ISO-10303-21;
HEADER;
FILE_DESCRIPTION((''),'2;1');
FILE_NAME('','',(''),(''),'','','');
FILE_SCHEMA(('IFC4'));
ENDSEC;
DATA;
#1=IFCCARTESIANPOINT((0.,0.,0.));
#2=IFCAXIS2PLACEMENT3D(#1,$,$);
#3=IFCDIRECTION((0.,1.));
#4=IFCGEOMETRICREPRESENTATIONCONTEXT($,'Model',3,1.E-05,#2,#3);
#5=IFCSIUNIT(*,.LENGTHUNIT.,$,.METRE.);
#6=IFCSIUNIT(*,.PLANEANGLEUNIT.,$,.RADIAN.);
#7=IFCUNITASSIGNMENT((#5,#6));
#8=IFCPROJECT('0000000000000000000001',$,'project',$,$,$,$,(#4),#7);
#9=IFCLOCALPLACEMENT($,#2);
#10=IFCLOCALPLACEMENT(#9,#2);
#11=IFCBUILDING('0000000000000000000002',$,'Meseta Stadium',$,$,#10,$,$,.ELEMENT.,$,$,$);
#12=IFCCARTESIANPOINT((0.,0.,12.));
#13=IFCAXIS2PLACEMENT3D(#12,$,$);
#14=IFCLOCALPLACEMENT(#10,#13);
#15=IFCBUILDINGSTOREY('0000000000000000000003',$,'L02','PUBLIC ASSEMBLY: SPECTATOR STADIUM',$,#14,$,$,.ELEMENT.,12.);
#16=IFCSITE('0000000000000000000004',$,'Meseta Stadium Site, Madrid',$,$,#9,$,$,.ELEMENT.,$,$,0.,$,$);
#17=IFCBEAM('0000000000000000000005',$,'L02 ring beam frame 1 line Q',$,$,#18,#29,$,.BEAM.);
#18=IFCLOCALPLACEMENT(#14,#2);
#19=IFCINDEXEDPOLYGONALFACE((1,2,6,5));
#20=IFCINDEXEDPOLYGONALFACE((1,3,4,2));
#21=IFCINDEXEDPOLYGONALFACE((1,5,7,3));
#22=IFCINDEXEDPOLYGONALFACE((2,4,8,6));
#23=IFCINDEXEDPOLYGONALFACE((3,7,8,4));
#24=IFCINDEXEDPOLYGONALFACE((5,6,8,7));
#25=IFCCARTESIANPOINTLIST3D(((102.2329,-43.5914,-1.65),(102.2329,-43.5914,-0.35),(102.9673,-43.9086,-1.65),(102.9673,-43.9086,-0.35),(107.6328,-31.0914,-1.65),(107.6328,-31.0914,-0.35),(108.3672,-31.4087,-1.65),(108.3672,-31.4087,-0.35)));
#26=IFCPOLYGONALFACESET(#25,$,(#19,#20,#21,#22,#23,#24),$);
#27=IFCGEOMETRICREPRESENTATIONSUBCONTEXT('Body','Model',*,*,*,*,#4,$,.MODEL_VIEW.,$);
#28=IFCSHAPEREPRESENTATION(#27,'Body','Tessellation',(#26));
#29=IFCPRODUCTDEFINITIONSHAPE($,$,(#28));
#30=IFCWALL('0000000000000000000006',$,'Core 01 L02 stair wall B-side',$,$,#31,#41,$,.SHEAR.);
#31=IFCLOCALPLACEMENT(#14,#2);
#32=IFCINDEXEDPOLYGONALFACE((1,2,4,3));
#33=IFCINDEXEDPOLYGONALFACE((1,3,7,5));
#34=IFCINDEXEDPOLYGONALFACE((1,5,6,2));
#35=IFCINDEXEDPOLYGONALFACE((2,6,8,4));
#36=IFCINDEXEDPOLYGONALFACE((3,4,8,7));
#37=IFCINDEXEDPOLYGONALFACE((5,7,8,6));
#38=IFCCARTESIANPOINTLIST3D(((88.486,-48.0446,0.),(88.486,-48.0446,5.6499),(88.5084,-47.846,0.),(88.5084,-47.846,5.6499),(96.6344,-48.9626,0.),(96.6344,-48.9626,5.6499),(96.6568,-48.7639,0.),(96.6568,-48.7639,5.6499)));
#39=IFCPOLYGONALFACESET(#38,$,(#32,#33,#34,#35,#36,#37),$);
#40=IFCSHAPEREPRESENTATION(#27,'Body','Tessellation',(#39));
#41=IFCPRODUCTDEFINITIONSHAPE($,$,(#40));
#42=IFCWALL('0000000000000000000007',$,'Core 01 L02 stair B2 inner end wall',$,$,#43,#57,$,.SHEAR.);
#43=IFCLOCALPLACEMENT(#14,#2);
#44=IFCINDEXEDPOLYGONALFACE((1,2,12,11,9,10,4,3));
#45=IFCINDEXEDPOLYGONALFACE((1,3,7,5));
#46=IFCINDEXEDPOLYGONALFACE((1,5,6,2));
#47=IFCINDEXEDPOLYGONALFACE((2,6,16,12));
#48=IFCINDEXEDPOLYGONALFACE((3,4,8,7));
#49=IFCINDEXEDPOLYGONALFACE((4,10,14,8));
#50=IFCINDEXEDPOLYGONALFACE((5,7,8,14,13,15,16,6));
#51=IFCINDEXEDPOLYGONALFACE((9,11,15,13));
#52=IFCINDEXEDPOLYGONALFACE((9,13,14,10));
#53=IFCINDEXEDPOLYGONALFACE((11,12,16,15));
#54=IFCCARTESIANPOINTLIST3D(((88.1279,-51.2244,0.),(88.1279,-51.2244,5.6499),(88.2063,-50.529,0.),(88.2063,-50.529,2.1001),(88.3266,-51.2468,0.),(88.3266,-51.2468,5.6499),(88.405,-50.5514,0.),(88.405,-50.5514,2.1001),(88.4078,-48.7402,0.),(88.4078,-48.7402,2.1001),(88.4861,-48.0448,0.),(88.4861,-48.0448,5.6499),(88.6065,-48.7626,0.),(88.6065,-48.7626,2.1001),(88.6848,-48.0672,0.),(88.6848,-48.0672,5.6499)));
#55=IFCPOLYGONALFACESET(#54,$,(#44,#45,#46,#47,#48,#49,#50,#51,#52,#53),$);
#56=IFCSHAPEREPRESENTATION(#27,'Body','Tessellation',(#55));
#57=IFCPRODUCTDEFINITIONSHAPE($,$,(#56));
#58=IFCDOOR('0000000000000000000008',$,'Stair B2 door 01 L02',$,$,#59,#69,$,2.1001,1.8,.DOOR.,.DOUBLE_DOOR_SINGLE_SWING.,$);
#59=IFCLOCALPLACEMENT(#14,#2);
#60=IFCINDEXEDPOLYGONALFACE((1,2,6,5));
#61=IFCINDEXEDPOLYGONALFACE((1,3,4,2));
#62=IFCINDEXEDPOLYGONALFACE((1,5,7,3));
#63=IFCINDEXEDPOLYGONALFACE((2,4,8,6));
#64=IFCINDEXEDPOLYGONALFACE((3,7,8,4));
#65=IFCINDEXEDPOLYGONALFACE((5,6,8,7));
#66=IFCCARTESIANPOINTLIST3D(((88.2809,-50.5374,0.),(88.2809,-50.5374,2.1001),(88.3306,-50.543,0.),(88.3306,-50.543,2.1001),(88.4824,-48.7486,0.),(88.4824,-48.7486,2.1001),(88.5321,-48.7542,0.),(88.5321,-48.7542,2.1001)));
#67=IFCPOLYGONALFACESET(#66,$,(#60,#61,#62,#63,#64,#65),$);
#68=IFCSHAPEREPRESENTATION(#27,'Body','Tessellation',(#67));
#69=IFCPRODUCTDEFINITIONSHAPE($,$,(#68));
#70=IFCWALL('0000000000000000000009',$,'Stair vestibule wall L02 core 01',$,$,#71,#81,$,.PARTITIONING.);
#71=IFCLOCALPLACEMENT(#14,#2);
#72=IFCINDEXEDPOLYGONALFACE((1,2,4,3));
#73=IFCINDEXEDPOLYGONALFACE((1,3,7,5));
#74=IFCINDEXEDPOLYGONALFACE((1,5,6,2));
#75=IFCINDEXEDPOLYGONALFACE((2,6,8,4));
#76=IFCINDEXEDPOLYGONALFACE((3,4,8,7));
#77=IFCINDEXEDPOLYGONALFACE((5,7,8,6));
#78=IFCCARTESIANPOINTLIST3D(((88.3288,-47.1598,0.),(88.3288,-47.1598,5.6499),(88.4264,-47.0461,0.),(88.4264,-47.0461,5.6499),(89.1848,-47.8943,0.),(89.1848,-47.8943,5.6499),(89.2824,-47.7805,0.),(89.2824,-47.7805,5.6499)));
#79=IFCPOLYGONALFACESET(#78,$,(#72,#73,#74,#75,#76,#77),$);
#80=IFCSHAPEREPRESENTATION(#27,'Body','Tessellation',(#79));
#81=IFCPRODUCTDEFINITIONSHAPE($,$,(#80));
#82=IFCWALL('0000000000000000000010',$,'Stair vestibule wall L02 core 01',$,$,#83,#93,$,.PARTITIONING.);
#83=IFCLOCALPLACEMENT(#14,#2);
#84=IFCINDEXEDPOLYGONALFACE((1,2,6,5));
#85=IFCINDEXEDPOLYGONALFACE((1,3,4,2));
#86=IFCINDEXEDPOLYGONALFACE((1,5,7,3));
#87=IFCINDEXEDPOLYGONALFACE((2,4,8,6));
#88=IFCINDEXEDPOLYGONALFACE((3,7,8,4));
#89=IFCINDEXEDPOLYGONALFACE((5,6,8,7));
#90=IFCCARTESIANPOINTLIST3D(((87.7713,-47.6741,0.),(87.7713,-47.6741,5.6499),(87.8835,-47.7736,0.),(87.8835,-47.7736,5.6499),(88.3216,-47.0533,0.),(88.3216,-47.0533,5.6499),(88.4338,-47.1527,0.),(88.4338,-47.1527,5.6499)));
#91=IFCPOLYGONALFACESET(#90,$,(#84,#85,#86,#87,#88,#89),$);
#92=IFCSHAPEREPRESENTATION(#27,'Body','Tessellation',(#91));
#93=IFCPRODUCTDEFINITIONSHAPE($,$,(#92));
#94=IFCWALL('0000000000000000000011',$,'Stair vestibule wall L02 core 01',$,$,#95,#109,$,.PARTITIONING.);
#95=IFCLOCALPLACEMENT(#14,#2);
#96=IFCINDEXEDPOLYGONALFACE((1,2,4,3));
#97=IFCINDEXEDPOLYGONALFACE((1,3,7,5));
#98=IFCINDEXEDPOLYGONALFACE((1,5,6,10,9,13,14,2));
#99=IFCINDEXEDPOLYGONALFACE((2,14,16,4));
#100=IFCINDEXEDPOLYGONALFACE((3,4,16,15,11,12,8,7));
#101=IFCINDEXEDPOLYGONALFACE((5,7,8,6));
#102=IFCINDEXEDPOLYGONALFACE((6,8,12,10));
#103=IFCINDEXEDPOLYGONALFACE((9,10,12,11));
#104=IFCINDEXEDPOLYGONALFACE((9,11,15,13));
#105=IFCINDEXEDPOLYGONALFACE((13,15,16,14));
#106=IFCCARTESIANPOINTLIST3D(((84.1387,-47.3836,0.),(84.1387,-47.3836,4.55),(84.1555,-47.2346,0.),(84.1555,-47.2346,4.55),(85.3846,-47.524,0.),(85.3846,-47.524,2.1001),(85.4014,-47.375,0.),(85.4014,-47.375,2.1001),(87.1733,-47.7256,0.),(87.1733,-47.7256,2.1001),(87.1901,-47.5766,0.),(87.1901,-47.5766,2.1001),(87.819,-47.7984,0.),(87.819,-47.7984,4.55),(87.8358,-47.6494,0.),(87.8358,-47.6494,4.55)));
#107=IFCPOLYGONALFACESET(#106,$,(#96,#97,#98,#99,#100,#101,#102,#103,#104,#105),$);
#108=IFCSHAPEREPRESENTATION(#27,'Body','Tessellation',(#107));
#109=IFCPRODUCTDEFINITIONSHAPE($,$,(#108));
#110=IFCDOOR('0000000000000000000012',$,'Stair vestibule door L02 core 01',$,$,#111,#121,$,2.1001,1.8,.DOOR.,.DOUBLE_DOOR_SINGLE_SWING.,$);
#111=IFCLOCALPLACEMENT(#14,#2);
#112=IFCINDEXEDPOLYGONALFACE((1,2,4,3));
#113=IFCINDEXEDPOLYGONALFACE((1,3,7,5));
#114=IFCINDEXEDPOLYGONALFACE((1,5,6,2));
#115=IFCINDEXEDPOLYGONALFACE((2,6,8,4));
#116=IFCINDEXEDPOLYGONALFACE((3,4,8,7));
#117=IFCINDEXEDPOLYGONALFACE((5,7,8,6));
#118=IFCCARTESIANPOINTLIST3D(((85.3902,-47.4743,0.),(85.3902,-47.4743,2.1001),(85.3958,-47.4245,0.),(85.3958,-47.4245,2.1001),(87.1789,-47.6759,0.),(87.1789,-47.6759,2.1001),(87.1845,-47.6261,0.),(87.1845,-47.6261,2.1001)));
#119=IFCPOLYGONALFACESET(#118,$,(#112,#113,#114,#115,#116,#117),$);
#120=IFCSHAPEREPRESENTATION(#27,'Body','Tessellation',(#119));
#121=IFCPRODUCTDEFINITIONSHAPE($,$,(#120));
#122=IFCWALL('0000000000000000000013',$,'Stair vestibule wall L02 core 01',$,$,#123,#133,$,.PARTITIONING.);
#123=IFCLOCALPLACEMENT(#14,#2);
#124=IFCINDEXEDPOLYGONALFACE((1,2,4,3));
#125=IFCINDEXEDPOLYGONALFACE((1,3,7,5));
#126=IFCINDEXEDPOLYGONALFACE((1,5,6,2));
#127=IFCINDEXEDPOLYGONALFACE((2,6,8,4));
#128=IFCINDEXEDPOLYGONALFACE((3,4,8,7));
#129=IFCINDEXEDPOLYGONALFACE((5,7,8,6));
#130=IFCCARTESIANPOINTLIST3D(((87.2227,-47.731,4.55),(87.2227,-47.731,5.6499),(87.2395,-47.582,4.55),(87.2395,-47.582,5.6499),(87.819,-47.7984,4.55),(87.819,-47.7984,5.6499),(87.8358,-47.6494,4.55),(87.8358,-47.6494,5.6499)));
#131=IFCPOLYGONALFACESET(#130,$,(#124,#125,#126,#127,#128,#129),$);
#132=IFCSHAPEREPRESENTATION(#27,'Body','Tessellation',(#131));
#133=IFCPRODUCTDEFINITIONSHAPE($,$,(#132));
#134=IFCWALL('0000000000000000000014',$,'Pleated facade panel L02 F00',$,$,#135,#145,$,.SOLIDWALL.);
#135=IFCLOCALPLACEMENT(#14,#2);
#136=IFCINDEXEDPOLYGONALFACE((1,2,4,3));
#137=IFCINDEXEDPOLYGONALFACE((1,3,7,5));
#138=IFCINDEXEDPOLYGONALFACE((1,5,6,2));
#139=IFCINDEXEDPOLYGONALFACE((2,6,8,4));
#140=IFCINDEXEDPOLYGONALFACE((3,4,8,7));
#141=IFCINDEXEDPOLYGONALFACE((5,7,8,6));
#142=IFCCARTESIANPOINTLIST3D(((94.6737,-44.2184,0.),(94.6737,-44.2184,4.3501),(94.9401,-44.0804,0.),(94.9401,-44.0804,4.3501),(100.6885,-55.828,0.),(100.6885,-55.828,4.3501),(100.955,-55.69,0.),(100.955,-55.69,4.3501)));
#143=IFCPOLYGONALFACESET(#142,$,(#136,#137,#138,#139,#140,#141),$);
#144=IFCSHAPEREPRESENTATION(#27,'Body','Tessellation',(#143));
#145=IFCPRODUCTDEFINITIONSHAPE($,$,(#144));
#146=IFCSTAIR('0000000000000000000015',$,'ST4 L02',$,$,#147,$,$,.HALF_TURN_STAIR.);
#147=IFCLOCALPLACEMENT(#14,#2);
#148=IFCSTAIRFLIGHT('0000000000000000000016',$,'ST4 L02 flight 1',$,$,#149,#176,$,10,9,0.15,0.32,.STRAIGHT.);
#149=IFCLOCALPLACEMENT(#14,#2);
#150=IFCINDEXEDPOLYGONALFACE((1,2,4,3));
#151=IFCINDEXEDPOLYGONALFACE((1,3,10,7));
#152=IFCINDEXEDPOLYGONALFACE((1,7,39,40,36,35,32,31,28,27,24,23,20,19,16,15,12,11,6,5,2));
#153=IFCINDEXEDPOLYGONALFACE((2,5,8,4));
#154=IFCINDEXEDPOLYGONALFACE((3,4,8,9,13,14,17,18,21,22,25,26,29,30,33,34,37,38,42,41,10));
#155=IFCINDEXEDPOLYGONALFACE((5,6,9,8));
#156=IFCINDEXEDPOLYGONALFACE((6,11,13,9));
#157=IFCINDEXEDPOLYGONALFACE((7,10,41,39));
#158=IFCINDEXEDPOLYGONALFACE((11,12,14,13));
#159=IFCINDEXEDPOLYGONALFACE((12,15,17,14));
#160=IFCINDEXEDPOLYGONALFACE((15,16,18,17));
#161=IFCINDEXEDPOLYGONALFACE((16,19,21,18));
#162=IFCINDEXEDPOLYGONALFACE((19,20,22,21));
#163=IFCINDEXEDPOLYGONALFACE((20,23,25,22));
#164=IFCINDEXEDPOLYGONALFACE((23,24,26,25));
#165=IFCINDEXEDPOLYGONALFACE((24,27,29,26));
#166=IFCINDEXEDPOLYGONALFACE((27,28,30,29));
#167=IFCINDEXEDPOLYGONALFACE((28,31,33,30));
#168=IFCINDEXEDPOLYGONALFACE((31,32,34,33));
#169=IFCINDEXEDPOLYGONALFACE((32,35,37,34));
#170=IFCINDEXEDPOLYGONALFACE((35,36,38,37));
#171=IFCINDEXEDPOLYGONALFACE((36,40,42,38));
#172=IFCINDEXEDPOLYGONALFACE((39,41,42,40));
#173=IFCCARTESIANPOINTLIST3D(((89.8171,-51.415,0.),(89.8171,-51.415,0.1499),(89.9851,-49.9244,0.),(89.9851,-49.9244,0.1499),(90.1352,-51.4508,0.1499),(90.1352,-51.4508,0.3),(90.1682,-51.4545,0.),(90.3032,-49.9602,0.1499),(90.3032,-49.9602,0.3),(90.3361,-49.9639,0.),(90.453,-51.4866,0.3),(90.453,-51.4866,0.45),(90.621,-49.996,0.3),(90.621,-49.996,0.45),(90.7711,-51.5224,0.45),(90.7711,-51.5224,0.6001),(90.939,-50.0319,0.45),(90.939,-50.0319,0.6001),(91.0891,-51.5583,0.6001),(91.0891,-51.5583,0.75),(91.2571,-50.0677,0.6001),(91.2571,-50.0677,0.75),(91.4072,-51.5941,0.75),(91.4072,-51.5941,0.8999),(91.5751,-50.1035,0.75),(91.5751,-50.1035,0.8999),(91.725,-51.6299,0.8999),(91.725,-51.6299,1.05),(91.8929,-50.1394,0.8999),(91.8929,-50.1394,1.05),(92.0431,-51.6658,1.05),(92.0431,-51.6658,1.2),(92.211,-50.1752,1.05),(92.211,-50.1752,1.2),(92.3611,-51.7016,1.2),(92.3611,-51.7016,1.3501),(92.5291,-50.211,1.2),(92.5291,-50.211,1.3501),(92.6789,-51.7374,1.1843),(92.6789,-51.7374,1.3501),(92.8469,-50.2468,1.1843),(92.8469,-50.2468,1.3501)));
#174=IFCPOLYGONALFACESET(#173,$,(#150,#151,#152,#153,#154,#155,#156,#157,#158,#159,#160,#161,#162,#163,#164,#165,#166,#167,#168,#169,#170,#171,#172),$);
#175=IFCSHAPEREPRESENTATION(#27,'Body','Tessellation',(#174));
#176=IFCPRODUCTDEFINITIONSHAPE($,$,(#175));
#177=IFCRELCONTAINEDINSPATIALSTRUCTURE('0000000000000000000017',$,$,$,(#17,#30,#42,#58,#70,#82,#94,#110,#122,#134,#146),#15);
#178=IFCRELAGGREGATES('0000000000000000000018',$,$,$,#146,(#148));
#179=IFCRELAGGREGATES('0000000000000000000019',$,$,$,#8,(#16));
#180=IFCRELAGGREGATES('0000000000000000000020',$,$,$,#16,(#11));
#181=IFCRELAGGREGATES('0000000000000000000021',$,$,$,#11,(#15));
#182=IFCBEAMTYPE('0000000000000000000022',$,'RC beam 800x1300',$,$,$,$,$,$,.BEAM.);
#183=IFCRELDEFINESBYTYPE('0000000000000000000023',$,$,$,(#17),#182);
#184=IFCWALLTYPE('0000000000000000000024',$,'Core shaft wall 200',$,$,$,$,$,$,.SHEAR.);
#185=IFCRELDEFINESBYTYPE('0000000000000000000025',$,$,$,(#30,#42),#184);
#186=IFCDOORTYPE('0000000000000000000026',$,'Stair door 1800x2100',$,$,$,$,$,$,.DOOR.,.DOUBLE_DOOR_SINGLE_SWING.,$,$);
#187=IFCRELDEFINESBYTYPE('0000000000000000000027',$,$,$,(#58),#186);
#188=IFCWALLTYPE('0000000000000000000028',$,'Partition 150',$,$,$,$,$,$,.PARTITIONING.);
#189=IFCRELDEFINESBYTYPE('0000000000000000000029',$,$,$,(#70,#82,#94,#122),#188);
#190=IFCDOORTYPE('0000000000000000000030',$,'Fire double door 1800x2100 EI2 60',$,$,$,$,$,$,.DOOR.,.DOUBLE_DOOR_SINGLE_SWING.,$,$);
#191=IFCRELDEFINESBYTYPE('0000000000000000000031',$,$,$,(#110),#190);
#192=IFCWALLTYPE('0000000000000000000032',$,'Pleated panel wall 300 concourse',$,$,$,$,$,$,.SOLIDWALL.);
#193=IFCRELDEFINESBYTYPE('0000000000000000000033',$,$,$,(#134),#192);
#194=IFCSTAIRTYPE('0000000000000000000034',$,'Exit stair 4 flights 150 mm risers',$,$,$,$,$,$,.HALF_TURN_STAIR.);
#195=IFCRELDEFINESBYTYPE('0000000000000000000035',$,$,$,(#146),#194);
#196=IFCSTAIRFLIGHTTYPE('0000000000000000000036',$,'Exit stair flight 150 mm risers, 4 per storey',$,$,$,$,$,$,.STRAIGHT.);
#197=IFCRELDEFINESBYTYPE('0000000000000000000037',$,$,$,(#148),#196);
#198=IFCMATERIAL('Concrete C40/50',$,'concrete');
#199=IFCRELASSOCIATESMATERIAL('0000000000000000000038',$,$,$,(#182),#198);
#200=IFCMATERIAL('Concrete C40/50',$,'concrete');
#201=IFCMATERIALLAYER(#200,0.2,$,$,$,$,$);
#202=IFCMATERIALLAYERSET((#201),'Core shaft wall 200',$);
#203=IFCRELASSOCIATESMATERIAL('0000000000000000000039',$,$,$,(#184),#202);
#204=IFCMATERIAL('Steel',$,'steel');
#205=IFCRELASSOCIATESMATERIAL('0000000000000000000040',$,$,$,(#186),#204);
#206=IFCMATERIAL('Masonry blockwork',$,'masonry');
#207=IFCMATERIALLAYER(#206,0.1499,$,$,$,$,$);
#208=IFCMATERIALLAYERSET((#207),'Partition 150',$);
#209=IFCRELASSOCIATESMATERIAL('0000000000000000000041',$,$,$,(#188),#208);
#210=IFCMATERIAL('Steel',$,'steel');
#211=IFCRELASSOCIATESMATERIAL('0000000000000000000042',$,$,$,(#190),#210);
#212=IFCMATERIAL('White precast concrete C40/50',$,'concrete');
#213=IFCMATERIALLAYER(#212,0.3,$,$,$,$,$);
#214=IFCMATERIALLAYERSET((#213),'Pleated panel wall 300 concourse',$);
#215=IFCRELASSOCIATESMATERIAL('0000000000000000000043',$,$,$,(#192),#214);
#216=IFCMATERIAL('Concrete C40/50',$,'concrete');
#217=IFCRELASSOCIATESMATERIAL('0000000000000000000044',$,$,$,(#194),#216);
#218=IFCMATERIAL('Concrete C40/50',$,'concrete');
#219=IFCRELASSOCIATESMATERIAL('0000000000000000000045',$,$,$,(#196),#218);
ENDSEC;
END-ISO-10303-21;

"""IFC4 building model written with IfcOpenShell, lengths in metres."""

from ifc_helpers import new_model, si_unit, direction, frame, frame_2d, origin, origin_2d, place, context, subcontext, project, spatial, polyline, rectangle, outline, extrude, material, layer, layer_set, material_profile, profile_set, type_object, element, fill, aggregate, save


model = new_model("IFC4")

# Units and contexts
model_context = context("Model", 3, precision=1e-05, world=origin(), true_north=direction((0.0, 1.0)))
body_context = subcontext(model_context, "Body", "Model", "MODEL_VIEW")
ifc_project = project(units=[si_unit("LENGTHUNIT", "METRE"), si_unit("PLANEANGLEUNIT", "RADIAN")], contexts=[model_context])

# Site, building, storey
site_placement = place(None, origin())
site = spatial("IfcSite", under=ifc_project, at=site_placement, Name="Meseta Stadium Site, Madrid", CompositionType="ELEMENT", RefElevation=0.0)
building_placement = place(site_placement, origin())
building = spatial("IfcBuilding", under=site, at=building_placement, Name="Meseta Stadium", CompositionType="ELEMENT")
storey_placement = place(building_placement, frame((0.0, 0.0, 12.0)))
storey = spatial("IfcBuildingStorey", under=building, at=storey_placement, Name="L02", Description="PUBLIC ASSEMBLY: SPECTATOR STADIUM", CompositionType="ELEMENT", Elevation=12.0)

# Beam
ifc_material_1 = material(Name="Concrete C40/50", Category="concrete")
ifc_material_profile_1 = material_profile(ifc_material_1, rectangle(XDim=0.8, YDim=1.3, at=origin_2d()), Name="RC 800x1300")
ifc_profile_set_1 = profile_set([ifc_material_profile_1], Name="Concrete C40/50")
beam_type_1 = type_object("IfcBeamType", Name="RC beam 800x1300", PredefinedType="BEAM", material=ifc_profile_set_1)
beam_1_placement = place(storey_placement, frame((102.6001, -43.75, -1.0), z_axis=(0.396571, 0.918004, 0.0), x_axis=(-0.918004, 0.396571, 0.0)))
element("IfcBeam", 1, at=beam_1_placement, inside=storey, type_object=beam_type_1, Name="L02 ring beam frame 1 line Q", PredefinedType="BEAM", context=body_context, shape_type="SweptSolid", body=[
    extrude(rectangle(XDim=0.8, YDim=1.3, at=origin_2d()), origin(), (0.0, 0.0, 1.0), 13.6165),
])

# Wall
ifc_material_2 = material(Name="Concrete C40/50", Category="concrete")
ifc_layer_1 = layer(ifc_material_2, 0.2)
ifc_layer_set_1 = layer_set([ifc_layer_1], Name="Core shaft wall 200")
wall_type_1 = type_object("IfcWallType", Name="Core shaft wall 200", PredefinedType="SHEAR", material=ifc_layer_set_1)
wall_1_placement = place(storey_placement, frame((96.6458, -48.8633, 0.0), z_axis=(0.0, 0.0, 1.0), x_axis=(-0.993714, 0.111948, 0.0)))
element("IfcWall", 2, at=wall_1_placement, inside=storey, type_object=wall_type_1, Name="Core 01 L02 stair wall B-side", PredefinedType="SHEAR", context=body_context, shape_type="SweptSolid", body=[
    extrude(rectangle(XDim=8.2, YDim=0.2, at=frame_2d((4.1001, 0.0))), origin(), (0.0, 0.0, 1.0), 5.6499),
])

# Wall, opening, door
wall_2_placement = place(storey_placement, frame((88.2273, -51.2356, 0.0), z_axis=(0.0, 0.0, 1.0), x_axis=(0.11193, 0.993716, 0.0)))
wall_2 = element("IfcWall", 3, at=wall_2_placement, inside=storey, type_object=wall_type_1, Name="Core 01 L02 stair B2 inner end wall", PredefinedType="SHEAR", context=body_context, shape_type="SweptSolid", body=[
    extrude(rectangle(XDim=3.1997, YDim=0.2, at=frame_2d((1.5999, 0.0))), origin(), (0.0, 0.0, 1.0), 5.6499),
])
opening_1_placement = place(wall_2_placement, frame((0.7, 0.0, 0.0)))
opening_1 = element("IfcOpeningElement", 4, at=opening_1_placement, cuts=wall_2, PredefinedType="OPENING", context=body_context, shape_type="SweptSolid", body=[
    extrude(rectangle(XDim=1.8, YDim=2.1001, at=frame_2d((0.8999, 1.05))), frame((0.0, 0.1099, 0.0), z_axis=(0.0, -1.0, 0.0), x_axis=(1.0, 0.0, 0.0)), (0.0, 0.0, 1.0), 0.22),
])
ifc_material_3 = material(Name="Steel", Category="steel")
door_type_1 = type_object("IfcDoorType", Name="Stair door 1800x2100", OperationType="DOUBLE_DOOR_SINGLE_SWING", PredefinedType="DOOR", material=ifc_material_3)
door_1_placement = place(opening_1_placement, origin())
door_1 = element("IfcDoor", 5, at=door_1_placement, inside=storey, type_object=door_type_1, Name="Stair B2 door 01 L02", OperationType="DOUBLE_DOOR_SINGLE_SWING", OverallHeight=2.1001, OverallWidth=1.8, PredefinedType="DOOR", context=body_context, shape_type="SweptSolid", body=[
    extrude(rectangle(XDim=1.8, YDim=2.1001, at=frame_2d((0.8999, 1.05))), frame((0.0, 0.0249, 0.0), z_axis=(0.0, -1.0, 0.0), x_axis=(1.0, 0.0, 0.0)), (0.0, 0.0, 1.0), 0.05),
])
fill(opening_1, door_1)

# Walls
ifc_material_4 = material(Name="Masonry blockwork", Category="masonry")
ifc_layer_2 = layer(ifc_material_4, 0.1499)
ifc_layer_set_2 = layer_set([ifc_layer_2], Name="Partition 150")
wall_type_2 = type_object("IfcWallType", Name="Partition 150", PredefinedType="PARTITIONING", material=ifc_layer_set_2)
wall_3_placement = place(storey_placement, frame((89.2336, -47.8374, 0.0), z_axis=(0.0, 0.0, 1.0), x_axis=(-0.758951, 0.651148, 0.0)))
element("IfcWall", 6, at=wall_3_placement, inside=storey, type_object=wall_type_2, Name="Stair vestibule wall L02 core 01", PredefinedType="PARTITIONING", context=body_context, shape_type="SweptSolid", body=[
    extrude(rectangle(XDim=1.1279, YDim=0.1499, at=frame_2d((0.564, 0.0))), origin(), (0.0, 0.0, 1.0), 5.6499),
])
wall_4_placement = place(storey_placement, frame((88.3777, -47.103, 0.0), z_axis=(0.0, 0.0, 1.0), x_axis=(-0.663304, -0.74835, 0.0)))
element("IfcWall", 7, at=wall_4_placement, inside=storey, type_object=wall_type_2, Name="Stair vestibule wall L02 core 01", PredefinedType="PARTITIONING", context=body_context, shape_type="SweptSolid", body=[
    extrude(rectangle(XDim=0.8296, YDim=0.1499, at=frame_2d((0.4148, 0.0))), origin(), (0.0, 0.0, 1.0), 5.6499),
])

# Wall, opening, door
wall_5_placement = place(storey_placement, frame((87.8274, -47.7239, 0.0), z_axis=(0.0, 0.0, 1.0), x_axis=(-0.993709, 0.111994, 0.0)))
wall_5 = element("IfcWall", 8, at=wall_5_placement, inside=storey, type_object=wall_type_2, Name="Stair vestibule wall L02 core 01", PredefinedType="PARTITIONING", context=body_context, shape_type="SweptSolid", body=[
    extrude(rectangle(XDim=3.7036, YDim=0.1499, at=frame_2d((1.8518, 0.0))), origin(), (0.0, 0.0, 1.0), 4.55),
])
opening_2_placement = place(wall_5_placement, frame((0.6499, 0.0, 0.0)))
opening_2 = element("IfcOpeningElement", 9, at=opening_2_placement, cuts=wall_5, PredefinedType="OPENING", context=body_context, shape_type="SweptSolid", body=[
    extrude(rectangle(XDim=1.8, YDim=2.1001, at=frame_2d((0.8999, 1.05))), frame((0.0, 0.085, 0.0), z_axis=(0.0, -1.0, 0.0), x_axis=(1.0, 0.0, 0.0)), (0.0, 0.0, 1.0), 0.1699),
])
ifc_material_5 = material(Name="Steel", Category="steel")
door_type_2 = type_object("IfcDoorType", Name="Fire double door 1800x2100 EI2 60", OperationType="DOUBLE_DOOR_SINGLE_SWING", PredefinedType="DOOR", material=ifc_material_5)
door_2_placement = place(opening_2_placement, origin())
door_2 = element("IfcDoor", 10, at=door_2_placement, inside=storey, type_object=door_type_2, Name="Stair vestibule door L02 core 01", OperationType="DOUBLE_DOOR_SINGLE_SWING", OverallHeight=2.1001, OverallWidth=1.8, PredefinedType="DOOR", context=body_context, shape_type="SweptSolid", body=[
    extrude(rectangle(XDim=1.8, YDim=2.1001, at=frame_2d((0.8999, 1.05))), frame((0.0, 0.0249, 0.0), z_axis=(0.0, -1.0, 0.0), x_axis=(1.0, 0.0, 0.0)), (0.0, 0.0, 1.0), 0.05),
])
fill(opening_2, door_2)

# Walls
wall_6_placement = place(storey_placement, frame((87.8274, -47.7239, 4.55), z_axis=(0.0, 0.0, 1.0), x_axis=(-0.993674, 0.112307, 0.0)))
element("IfcWall", 11, at=wall_6_placement, inside=storey, type_object=wall_type_2, Name="Stair vestibule wall L02 core 01", PredefinedType="PARTITIONING", context=body_context, shape_type="SweptSolid", body=[
    extrude(rectangle(XDim=0.6001, YDim=0.1499, at=frame_2d((0.3, 0.0))), origin(), (0.0, 0.0, 1.0), 1.0999),
])
ifc_material_6 = material(Name="White precast concrete C40/50", Category="concrete")
ifc_layer_3 = layer(ifc_material_6, 0.3)
ifc_layer_set_3 = layer_set([ifc_layer_3], Name="Pleated panel wall 300 concourse")
wall_type_3 = type_object("IfcWallType", Name="Pleated panel wall 300 concourse", PredefinedType="SOLIDWALL", material=ifc_layer_set_3)
wall_7_placement = place(storey_placement, frame((94.8069, -44.1494, 0.0), z_axis=(0.0, 0.0, 1.0), x_axis=(0.460021, -0.887908, 0.0)))
element("IfcWall", 12, at=wall_7_placement, inside=storey, type_object=wall_type_3, Name="Pleated facade panel L02 F00", PredefinedType="SOLIDWALL", context=body_context, shape_type="SweptSolid", body=[
    extrude(rectangle(XDim=13.0752, YDim=0.3, at=frame_2d((6.5376, 0.0))), origin(), (0.0, 0.0, 1.0), 4.3501),
])

# Stair, stair flight
ifc_material_7 = material(Name="Concrete C40/50", Category="concrete")
stair_type = type_object("IfcStairType", Name="Exit stair 4 flights 150 mm risers", PredefinedType="HALF_TURN_STAIR", material=ifc_material_7)
stair_placement = place(storey_placement, origin())
stair = element("IfcStair", 13, at=stair_placement, inside=storey, type_object=stair_type, Name="ST4 L02", PredefinedType="HALF_TURN_STAIR")
ifc_material_8 = material(Name="Concrete C40/50", Category="concrete")
stair_flight_type = type_object("IfcStairFlightType", Name="Exit stair flight 150 mm risers, 4 per storey", PredefinedType="STRAIGHT", material=ifc_material_8)
stair_flight_1_placement = place(storey_placement, frame((89.9011, -50.6697, 0.0), z_axis=(0.0, 0.0, 1.0), x_axis=(0.993712, -0.111964, 0.0)))
stair_flight_1 = element("IfcStairFlight", 14, at=stair_flight_1_placement, type_object=stair_flight_type, Name="ST4 L02 flight 1", NumberOfRisers=10, NumberOfTreads=9, PredefinedType="STRAIGHT", RiserHeight=0.15, TreadLength=0.32, context=body_context, shape_type="SweptSolid", body=[
    extrude(outline(polyline([(0.0, 0.0), (0.0, 0.1499), (0.3201, 0.1499), (0.3201, 0.3), (0.6399, 0.3), (0.6399, 0.45), (0.96, 0.45), (0.96, 0.6001), (1.28, 0.6001), (1.28, 0.75), (1.6001, 0.75), (1.6001, 0.8999), (1.9199, 0.8999), (1.9199, 1.05), (2.24, 1.05), (2.24, 1.2), (2.5601, 1.2), (2.5601, 1.3501), (2.8799, 1.3501), (2.8799, 1.1843), (0.3533, 0.0), (0.0, 0.0)])), frame((0.0, 0.75, 0.0), z_axis=(0.0, -1.0, 0.0), x_axis=(1.0, 0.0, 0.0)), (0.0, 0.0, 1.0), 1.5),
])
aggregate(stair, [stair_flight_1])

save(model, "model.ifc")
